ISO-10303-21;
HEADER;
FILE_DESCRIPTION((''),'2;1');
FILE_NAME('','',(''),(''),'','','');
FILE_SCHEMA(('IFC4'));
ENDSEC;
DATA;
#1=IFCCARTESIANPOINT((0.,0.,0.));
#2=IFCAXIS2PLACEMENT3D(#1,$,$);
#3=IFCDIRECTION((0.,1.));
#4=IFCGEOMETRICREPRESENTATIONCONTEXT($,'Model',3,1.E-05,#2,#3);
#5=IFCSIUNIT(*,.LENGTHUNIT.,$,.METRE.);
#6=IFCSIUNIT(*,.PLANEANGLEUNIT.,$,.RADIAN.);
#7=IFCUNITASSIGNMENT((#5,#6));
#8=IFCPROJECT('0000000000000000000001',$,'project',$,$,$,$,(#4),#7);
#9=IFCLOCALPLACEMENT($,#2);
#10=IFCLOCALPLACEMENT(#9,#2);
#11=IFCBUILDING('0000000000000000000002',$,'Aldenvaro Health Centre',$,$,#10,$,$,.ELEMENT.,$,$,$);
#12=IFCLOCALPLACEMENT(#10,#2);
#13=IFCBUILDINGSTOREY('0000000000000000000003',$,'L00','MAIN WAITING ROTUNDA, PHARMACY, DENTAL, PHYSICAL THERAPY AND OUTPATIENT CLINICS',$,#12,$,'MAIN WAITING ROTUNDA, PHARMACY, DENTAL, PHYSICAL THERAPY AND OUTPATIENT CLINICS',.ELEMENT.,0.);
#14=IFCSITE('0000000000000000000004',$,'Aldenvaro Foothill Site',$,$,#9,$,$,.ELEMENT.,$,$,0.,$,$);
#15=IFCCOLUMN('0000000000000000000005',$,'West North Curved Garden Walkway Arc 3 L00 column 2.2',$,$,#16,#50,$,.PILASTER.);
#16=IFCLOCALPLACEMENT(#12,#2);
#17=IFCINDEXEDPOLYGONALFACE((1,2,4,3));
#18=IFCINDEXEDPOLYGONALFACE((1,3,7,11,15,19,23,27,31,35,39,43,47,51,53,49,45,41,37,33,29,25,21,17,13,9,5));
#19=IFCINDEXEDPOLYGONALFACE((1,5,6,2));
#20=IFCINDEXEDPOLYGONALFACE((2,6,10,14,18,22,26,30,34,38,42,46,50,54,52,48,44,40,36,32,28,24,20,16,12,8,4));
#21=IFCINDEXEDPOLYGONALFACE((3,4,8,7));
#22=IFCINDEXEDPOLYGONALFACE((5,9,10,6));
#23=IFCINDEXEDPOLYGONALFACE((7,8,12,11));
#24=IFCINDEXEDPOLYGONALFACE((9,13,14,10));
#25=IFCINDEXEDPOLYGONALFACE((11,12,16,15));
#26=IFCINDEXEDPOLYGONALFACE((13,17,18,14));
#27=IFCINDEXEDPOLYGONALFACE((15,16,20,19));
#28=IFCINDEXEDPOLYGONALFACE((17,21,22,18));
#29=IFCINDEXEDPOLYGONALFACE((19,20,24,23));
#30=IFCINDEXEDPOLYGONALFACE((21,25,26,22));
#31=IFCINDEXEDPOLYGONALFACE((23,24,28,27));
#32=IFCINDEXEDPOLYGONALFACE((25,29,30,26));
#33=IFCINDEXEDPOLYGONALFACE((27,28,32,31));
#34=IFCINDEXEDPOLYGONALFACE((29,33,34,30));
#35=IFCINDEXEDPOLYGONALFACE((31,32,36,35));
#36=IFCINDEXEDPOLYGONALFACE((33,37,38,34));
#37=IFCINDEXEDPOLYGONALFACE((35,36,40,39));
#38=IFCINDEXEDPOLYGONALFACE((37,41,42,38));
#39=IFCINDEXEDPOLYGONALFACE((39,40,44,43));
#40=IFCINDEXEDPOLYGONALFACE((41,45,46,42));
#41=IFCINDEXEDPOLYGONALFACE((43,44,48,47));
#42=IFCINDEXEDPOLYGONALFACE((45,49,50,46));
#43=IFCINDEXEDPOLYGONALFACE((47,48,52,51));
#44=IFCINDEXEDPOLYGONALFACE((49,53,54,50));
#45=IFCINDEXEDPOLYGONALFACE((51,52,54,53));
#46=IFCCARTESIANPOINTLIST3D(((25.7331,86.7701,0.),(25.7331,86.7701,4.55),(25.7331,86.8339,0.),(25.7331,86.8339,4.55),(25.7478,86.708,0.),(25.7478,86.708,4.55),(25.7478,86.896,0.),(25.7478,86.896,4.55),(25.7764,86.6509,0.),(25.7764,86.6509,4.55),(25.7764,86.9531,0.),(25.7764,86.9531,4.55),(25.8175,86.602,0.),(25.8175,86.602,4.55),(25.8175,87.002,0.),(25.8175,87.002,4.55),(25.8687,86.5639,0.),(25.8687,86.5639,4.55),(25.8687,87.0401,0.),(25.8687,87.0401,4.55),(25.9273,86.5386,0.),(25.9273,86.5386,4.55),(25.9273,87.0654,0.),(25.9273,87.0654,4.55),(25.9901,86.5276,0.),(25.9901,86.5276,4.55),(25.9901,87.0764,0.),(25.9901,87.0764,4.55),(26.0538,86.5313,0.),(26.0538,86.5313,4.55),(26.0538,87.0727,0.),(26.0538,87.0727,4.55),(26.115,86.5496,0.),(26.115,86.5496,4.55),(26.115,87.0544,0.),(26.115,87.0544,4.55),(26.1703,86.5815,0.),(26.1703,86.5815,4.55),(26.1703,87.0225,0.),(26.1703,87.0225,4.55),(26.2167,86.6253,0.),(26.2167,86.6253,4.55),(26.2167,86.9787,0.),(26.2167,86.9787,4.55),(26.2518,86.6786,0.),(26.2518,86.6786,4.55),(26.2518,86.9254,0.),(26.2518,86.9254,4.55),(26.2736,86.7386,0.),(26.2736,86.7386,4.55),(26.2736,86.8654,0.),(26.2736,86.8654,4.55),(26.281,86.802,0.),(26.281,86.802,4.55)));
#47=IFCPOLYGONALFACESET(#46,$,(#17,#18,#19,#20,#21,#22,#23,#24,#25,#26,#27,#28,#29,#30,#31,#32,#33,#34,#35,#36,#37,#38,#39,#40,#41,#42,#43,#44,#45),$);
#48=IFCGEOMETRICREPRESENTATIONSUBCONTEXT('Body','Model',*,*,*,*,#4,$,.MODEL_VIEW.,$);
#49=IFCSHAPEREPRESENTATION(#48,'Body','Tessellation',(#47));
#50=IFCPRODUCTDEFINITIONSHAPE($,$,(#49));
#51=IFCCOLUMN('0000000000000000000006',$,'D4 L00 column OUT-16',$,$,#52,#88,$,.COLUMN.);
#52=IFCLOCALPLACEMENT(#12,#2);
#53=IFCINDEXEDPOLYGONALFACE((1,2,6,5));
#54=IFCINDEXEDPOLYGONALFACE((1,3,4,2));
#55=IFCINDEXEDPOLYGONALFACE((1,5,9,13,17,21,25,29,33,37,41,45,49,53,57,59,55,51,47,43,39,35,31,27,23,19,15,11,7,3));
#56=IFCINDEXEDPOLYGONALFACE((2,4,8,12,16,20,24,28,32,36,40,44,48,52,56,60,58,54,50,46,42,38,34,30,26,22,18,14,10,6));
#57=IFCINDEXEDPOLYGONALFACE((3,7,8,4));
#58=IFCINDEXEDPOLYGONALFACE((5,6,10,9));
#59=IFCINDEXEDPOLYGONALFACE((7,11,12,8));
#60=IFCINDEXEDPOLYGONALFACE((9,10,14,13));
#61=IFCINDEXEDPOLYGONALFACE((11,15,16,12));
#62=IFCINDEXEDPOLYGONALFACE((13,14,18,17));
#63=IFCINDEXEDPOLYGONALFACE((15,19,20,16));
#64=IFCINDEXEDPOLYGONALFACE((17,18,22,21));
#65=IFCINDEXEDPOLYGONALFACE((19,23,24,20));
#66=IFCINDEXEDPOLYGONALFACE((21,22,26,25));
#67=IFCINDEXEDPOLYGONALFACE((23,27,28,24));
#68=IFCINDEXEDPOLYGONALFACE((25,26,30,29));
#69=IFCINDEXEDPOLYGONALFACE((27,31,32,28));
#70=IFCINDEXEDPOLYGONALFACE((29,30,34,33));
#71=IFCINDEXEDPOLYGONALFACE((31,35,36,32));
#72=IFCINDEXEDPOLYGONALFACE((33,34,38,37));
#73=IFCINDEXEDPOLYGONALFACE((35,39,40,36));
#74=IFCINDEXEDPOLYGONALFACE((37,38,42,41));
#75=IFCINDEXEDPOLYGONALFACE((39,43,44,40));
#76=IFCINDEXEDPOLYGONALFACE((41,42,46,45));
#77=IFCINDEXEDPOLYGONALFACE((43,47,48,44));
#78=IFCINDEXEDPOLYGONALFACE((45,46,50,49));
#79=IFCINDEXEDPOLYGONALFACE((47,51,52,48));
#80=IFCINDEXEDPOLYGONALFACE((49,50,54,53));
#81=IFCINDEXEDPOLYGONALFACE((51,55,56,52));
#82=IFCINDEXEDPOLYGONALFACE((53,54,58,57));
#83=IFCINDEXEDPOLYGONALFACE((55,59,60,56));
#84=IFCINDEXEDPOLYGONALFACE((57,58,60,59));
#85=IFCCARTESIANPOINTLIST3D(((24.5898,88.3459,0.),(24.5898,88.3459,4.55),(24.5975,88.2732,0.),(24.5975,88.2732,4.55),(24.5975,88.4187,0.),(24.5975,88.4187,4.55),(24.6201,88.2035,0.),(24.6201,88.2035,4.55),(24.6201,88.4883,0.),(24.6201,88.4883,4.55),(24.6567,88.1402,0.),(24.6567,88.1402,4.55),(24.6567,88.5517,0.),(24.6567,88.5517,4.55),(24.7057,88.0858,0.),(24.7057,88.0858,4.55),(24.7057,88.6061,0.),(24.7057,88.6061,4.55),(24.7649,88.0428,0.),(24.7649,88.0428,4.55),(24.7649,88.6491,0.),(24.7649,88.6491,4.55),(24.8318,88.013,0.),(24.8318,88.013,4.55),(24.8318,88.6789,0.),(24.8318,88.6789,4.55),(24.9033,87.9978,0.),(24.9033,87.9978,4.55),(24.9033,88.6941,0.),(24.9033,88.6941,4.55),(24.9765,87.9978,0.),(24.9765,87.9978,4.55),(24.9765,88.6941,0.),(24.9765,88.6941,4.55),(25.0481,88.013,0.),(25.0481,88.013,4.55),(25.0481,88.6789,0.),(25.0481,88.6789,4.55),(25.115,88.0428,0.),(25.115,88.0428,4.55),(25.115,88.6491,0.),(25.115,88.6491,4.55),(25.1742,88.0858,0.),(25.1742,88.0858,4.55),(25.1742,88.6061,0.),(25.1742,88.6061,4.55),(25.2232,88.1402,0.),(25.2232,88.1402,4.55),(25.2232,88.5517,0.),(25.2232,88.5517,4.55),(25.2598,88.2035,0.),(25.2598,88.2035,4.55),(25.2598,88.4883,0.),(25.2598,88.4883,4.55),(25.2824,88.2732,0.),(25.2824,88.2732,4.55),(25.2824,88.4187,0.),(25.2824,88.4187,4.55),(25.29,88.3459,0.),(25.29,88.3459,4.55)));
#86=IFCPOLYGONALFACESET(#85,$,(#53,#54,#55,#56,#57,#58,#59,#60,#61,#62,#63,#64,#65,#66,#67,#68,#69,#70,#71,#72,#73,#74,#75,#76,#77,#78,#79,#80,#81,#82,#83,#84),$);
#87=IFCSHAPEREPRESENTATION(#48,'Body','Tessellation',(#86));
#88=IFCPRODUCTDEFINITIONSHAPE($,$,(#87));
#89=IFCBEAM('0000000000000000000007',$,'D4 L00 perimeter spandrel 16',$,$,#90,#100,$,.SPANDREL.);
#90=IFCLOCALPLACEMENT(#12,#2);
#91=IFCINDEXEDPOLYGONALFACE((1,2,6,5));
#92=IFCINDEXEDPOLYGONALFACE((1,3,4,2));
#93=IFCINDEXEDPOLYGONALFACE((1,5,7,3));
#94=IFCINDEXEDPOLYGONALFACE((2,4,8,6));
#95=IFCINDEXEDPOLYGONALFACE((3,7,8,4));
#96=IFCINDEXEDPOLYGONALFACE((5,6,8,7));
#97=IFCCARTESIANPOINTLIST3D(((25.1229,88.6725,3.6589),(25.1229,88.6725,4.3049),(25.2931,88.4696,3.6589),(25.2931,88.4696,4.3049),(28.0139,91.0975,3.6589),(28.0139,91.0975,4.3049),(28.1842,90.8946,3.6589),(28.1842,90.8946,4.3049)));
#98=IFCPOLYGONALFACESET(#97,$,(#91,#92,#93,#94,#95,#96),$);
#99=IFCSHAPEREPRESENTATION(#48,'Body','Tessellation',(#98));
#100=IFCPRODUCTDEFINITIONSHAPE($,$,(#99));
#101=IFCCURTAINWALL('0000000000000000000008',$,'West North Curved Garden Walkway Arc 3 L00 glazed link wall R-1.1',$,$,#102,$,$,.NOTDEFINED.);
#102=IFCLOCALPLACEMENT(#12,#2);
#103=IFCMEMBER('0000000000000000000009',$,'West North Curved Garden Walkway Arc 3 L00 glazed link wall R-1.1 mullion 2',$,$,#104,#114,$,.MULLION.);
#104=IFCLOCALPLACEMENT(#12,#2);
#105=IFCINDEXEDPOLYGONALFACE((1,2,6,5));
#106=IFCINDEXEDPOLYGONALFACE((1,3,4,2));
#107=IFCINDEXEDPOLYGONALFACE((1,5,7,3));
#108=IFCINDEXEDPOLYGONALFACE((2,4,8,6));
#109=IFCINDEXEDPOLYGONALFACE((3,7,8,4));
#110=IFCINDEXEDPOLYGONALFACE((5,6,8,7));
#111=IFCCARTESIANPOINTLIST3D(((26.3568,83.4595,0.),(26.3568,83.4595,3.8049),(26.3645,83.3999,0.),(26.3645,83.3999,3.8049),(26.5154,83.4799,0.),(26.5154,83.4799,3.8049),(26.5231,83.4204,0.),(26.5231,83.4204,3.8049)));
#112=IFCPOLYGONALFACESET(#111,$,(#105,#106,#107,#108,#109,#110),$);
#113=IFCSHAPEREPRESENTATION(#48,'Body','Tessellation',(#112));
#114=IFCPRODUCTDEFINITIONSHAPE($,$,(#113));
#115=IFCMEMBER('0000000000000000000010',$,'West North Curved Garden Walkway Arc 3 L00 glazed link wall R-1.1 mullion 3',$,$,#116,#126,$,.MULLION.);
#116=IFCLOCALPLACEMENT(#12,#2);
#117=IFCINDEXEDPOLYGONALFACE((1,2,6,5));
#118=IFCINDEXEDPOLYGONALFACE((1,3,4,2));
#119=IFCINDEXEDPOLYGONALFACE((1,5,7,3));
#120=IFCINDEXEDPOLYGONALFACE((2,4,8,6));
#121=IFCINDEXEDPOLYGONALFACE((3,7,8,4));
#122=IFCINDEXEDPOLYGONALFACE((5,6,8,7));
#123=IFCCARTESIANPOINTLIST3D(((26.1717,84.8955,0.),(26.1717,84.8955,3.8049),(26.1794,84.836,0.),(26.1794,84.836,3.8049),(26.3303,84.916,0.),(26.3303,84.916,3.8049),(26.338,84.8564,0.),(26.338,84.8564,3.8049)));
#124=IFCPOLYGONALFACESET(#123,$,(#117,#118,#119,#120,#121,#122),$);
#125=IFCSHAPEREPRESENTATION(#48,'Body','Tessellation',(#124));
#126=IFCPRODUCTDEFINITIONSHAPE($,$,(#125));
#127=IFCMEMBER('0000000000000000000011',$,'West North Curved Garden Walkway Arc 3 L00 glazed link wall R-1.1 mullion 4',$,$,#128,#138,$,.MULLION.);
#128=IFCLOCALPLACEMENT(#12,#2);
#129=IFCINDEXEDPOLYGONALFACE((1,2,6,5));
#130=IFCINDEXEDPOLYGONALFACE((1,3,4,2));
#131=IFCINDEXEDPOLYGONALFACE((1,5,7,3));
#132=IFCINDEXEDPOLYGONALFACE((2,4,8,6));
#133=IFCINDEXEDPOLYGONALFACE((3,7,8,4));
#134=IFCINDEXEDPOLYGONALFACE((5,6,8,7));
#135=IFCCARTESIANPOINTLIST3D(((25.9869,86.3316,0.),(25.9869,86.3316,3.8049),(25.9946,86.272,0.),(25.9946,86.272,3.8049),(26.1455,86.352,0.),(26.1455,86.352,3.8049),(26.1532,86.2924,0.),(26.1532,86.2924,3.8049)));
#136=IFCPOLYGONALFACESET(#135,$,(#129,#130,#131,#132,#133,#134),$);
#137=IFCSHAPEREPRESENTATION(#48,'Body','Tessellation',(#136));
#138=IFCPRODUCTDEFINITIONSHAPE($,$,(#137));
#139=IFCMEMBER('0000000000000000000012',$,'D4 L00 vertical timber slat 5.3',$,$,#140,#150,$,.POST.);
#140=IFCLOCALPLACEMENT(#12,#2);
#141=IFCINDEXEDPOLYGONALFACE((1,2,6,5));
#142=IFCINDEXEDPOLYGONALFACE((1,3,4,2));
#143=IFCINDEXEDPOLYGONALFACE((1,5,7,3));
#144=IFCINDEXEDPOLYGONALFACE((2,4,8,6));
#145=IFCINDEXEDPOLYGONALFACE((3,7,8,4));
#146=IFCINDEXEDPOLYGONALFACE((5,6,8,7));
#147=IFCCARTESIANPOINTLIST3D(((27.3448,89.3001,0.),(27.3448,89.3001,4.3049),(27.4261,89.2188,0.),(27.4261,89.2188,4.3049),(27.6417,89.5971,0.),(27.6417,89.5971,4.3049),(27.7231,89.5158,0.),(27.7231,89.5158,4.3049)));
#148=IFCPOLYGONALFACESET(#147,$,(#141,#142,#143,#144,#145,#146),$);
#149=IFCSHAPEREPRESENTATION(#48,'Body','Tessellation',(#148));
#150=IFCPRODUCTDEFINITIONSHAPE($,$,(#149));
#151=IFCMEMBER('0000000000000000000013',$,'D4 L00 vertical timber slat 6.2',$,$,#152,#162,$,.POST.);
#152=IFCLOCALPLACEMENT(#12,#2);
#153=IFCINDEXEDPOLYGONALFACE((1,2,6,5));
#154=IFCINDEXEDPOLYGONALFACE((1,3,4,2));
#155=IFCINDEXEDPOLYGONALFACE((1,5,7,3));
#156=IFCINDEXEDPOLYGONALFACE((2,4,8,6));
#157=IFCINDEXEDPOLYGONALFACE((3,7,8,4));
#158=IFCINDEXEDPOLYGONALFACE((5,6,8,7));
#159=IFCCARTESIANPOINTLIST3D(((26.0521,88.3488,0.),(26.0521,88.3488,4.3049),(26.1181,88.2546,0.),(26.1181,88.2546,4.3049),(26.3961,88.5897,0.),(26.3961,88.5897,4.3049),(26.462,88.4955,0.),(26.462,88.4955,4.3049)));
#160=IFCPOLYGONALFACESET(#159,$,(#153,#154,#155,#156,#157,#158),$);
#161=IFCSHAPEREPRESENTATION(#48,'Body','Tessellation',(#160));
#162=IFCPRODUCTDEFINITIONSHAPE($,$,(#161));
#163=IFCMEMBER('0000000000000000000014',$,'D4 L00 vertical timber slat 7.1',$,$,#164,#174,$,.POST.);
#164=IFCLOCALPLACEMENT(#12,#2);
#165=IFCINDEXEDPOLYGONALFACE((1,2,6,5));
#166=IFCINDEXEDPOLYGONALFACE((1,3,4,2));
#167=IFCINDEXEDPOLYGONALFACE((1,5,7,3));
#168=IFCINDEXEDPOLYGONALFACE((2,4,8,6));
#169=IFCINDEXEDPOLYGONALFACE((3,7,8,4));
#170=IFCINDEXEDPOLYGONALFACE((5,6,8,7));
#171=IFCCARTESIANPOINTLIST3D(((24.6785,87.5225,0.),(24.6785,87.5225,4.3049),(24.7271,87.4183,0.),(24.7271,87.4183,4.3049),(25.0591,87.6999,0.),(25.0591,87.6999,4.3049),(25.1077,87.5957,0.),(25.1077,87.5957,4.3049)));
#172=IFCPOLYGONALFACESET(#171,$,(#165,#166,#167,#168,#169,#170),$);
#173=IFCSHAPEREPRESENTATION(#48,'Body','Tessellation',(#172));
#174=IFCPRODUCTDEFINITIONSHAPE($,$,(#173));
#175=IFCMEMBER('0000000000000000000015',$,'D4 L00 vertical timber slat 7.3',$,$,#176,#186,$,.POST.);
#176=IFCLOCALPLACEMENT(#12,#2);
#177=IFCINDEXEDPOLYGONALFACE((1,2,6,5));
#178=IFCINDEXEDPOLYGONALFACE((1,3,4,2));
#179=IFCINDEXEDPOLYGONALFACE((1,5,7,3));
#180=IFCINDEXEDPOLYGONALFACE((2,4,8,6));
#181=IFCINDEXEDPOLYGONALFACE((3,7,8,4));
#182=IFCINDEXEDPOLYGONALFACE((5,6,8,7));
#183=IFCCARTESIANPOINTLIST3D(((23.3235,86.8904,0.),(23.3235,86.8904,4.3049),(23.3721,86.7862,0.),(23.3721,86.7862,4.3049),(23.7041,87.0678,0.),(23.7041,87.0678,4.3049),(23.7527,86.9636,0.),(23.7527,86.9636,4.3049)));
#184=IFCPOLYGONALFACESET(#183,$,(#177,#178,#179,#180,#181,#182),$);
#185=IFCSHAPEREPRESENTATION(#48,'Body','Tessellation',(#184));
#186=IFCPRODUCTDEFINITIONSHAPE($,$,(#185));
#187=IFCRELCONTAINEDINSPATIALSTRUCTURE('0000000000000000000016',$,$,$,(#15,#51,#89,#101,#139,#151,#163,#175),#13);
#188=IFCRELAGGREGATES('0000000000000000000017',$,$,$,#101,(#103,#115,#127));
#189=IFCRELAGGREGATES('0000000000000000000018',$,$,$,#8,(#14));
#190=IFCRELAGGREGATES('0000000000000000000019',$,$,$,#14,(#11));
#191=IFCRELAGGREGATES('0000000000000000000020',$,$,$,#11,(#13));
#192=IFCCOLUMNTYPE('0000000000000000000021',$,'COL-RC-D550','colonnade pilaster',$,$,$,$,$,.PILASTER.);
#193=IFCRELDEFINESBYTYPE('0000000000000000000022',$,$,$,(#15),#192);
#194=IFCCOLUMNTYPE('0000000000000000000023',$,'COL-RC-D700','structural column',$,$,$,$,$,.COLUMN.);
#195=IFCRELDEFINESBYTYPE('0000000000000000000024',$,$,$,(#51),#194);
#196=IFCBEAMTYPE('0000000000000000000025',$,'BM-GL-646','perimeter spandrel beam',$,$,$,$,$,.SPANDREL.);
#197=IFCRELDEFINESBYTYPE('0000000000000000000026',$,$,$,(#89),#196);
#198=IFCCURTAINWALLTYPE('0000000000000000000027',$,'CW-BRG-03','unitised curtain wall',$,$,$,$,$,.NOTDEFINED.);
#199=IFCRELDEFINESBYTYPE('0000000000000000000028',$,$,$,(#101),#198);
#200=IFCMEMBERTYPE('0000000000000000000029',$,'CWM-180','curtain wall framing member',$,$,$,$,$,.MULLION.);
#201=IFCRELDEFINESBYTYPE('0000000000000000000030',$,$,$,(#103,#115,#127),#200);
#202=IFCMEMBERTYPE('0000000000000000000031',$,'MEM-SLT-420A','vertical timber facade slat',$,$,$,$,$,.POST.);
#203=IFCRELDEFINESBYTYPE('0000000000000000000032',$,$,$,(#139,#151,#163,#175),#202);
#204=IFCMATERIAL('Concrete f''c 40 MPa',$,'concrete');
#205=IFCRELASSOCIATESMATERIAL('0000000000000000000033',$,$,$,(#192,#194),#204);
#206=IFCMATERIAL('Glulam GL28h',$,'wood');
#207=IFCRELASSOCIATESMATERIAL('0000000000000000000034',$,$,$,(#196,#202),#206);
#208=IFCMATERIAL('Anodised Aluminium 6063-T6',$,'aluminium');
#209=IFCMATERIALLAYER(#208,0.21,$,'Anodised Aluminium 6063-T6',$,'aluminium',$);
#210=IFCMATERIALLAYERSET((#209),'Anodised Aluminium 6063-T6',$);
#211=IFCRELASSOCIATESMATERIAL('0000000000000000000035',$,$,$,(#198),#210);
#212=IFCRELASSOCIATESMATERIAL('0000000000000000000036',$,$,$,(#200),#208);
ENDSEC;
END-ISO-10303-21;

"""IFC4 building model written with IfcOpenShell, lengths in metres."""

from ifc_helpers import new_model, si_unit, direction, frame, origin, origin_2d, place, context, subcontext, project, spatial, rectangle, circle, extrude, material, layer, layer_set, material_profile, profile_set, type_object, element, aggregate, save


model = new_model("IFC4")

# Units and contexts
model_context = context("Model", 3, precision=1e-05, world=origin(), true_north=direction((0.0, 1.0)))
body_context = subcontext(model_context, "Body", "Model", "MODEL_VIEW")
ifc_project = project(units=[si_unit("LENGTHUNIT", "METRE"), si_unit("PLANEANGLEUNIT", "RADIAN")], contexts=[model_context])

# Site, building, storey
site_placement = place(None, origin())
site = spatial("IfcSite", under=ifc_project, at=site_placement, Name="Aldenvaro Foothill Site", CompositionType="ELEMENT", RefElevation=0.0)
building_placement = place(site_placement, origin())
building = spatial("IfcBuilding", under=site, at=building_placement, Name="Aldenvaro Health Centre", CompositionType="ELEMENT")
storey_placement = place(building_placement, origin())
storey = spatial("IfcBuildingStorey", under=building, at=storey_placement, Name="L00", Description="MAIN WAITING ROTUNDA, PHARMACY, DENTAL, PHYSICAL THERAPY AND OUTPATIENT CLINICS", LongName="MAIN WAITING ROTUNDA, PHARMACY, DENTAL, PHYSICAL THERAPY AND OUTPATIENT CLINICS", CompositionType="ELEMENT", Elevation=0.0)

# Columns
ifc_material_1 = material(Name="Concrete f'c 40 MPa", Category="concrete")
ifc_material_profile_1 = material_profile(ifc_material_1, circle(Radius=0.2749, at=origin_2d()), Name="RC D550", Category="concrete")
ifc_profile_set_1 = profile_set([ifc_material_profile_1], Name="Concrete f'c 40 MPa")
column_type_1 = type_object("IfcColumnType", Name="COL-RC-D550", Description="colonnade pilaster", PredefinedType="PILASTER", material=ifc_profile_set_1)
column_1_placement = place(storey_placement, frame((26.0061, 86.802, 0.0), z_axis=(0.0, 0.0, 1.0), x_axis=(1.0, 0.0, 0.0)))
element("IfcColumn", 1, at=column_1_placement, inside=storey, type_object=column_type_1, Name="West North Curved Garden Walkway Arc 3 L00 column 2.2", PredefinedType="PILASTER", context=body_context, shape_type="SweptSolid", body=[
    extrude(circle(Radius=0.2749, at=origin_2d()), origin(), (0.0, 0.0, 1.0), 4.55),
])
ifc_material_profile_2 = material_profile(ifc_material_1, circle(Radius=0.3501, at=origin_2d()), Name="RC D700", Category="concrete")
ifc_profile_set_2 = profile_set([ifc_material_profile_2], Name="Concrete f'c 40 MPa")
column_type_2 = type_object("IfcColumnType", Name="COL-RC-D700", Description="structural column", PredefinedType="COLUMN", material=ifc_profile_set_2)
column_2_placement = place(storey_placement, frame((24.9399, 88.3459, 0.0), z_axis=(0.0, 0.0, 1.0), x_axis=(1.0, 0.0, 0.0)))
element("IfcColumn", 2, at=column_2_placement, inside=storey, type_object=column_type_2, Name="D4 L00 column OUT-16", PredefinedType="COLUMN", context=body_context, shape_type="SweptSolid", body=[
    extrude(circle(Radius=0.3501, at=origin_2d()), origin(), (0.0, 0.0, 1.0), 4.55),
])

# Beam
ifc_material_2 = material(Name="Glulam GL28h", Category="wood")
ifc_material_profile_3 = material_profile(ifc_material_2, rectangle(XDim=0.2649, YDim=0.646, at=origin_2d()), Name="GL 265x646", Category="wood")
ifc_profile_set_3 = profile_set([ifc_material_profile_3], Name="Glulam GL28h")
beam_type = type_object("IfcBeamType", Name="BM-GL-646", Description="perimeter spandrel beam", PredefinedType="SPANDREL", material=ifc_profile_set_3)
beam_placement = place(storey_placement, frame((25.208, 88.571, 3.9819), z_axis=(0.76616, 0.64265, 0.0), x_axis=(-0.64265, 0.76616, 0.0)))
element("IfcBeam", 3, at=beam_placement, inside=storey, type_object=beam_type, Name="D4 L00 perimeter spandrel 16", PredefinedType="SPANDREL", context=body_context, shape_type="SweptSolid", body=[
    extrude(rectangle(XDim=0.2649, YDim=0.646, at=origin_2d()), origin(), (0.0, 0.0, 1.0), 3.7734),
])

# Curtain wall, members
ifc_material_3 = material(Name="Anodised Aluminium 6063-T6", Category="aluminium")
ifc_layer_1 = layer(ifc_material_3, 0.21, Name="Anodised Aluminium 6063-T6", Category="aluminium")
ifc_layer_set_1 = layer_set([ifc_layer_1], Name="Anodised Aluminium 6063-T6")
curtain_wall_type = type_object("IfcCurtainWallType", Name="CW-BRG-03", Description="unitised curtain wall", PredefinedType="NOTDEFINED", material=ifc_layer_set_1)
curtain_wall_placement = place(storey_placement, origin())
curtain_wall = element("IfcCurtainWall", 4, at=curtain_wall_placement, inside=storey, type_object=curtain_wall_type, Name="West North Curved Garden Walkway Arc 3 L00 glazed link wall R-1.1", PredefinedType="NOTDEFINED")
ifc_material_profile_4 = material_profile(ifc_material_3, rectangle(XDim=0.0601, YDim=0.1599, at=origin_2d()), Name="ALU 60x160", Category="aluminium")
ifc_profile_set_4 = profile_set([ifc_material_profile_4], Name="Anodised Aluminium 6063-T6")
member_type_1 = type_object("IfcMemberType", Name="CWM-180", Description="curtain wall framing member", PredefinedType="MULLION", material=ifc_profile_set_4)
member_1_placement = place(storey_placement, frame((26.4399, 83.4399, 0.0), z_axis=(0.0, 0.0, 1.0), x_axis=(-0.127774, 0.991803, 0.0)))
member_1 = element("IfcMember", 5, at=member_1_placement, type_object=member_type_1, Name="West North Curved Garden Walkway Arc 3 L00 glazed link wall R-1.1 mullion 2", PredefinedType="MULLION", context=body_context, shape_type="SweptSolid", body=[
    extrude(rectangle(XDim=0.0601, YDim=0.1599, at=origin_2d()), origin(), (0.0, 0.0, 1.0), 3.8049),
])
member_2_placement = place(storey_placement, frame((26.2549, 84.876, 0.0), z_axis=(0.0, 0.0, 1.0), x_axis=(-0.127774, 0.991803, 0.0)))
member_2 = element("IfcMember", 6, at=member_2_placement, type_object=member_type_1, Name="West North Curved Garden Walkway Arc 3 L00 glazed link wall R-1.1 mullion 3", PredefinedType="MULLION", context=body_context, shape_type="SweptSolid", body=[
    extrude(rectangle(XDim=0.0601, YDim=0.1599, at=origin_2d()), origin(), (0.0, 0.0, 1.0), 3.8049),
])
member_3_placement = place(storey_placement, frame((26.0701, 86.312, 0.0), z_axis=(0.0, 0.0, 1.0), x_axis=(-0.127774, 0.991803, 0.0)))
member_3 = element("IfcMember", 7, at=member_3_placement, type_object=member_type_1, Name="West North Curved Garden Walkway Arc 3 L00 glazed link wall R-1.1 mullion 4", PredefinedType="MULLION", context=body_context, shape_type="SweptSolid", body=[
    extrude(rectangle(XDim=0.0601, YDim=0.1599, at=origin_2d()), origin(), (0.0, 0.0, 1.0), 3.8049),
])

# Members
ifc_material_profile_5 = material_profile(ifc_material_2, rectangle(XDim=0.115, YDim=0.4199, at=origin_2d()), Name="GL 115x420", Category="wood")
ifc_profile_set_5 = profile_set([ifc_material_profile_5], Name="Glulam GL28h")
member_type_2 = type_object("IfcMemberType", Name="MEM-SLT-420A", Description="vertical timber facade slat", PredefinedType="POST", material=ifc_profile_set_5)
for number, where, z_axis, x_axis, name in (
    (8, (27.5339, 89.408, 0.0), (0.0, 0.0, 1.0), (0.707107, -0.707107, 0.0), "D4 L00 vertical timber slat 5.3"),
    (9, (26.2571, 88.4221, 0.0), (0.0, 0.0, 1.0), (0.573721, -0.819051, 0.0), "D4 L00 vertical timber slat 6.2"),
    (10, (24.8931, 87.5591, 0.0), (0.0, 0.0, 1.0), (0.422557, -0.906336, 0.0), "D4 L00 vertical timber slat 7.1"),
    (11, (23.5381, 86.927, 0.0), (0.0, 0.0, 1.0), (0.422557, -0.906336, 0.0), "D4 L00 vertical timber slat 7.3"),
):
    element("IfcMember", number, at=place(storey_placement, frame(where, z_axis=z_axis, x_axis=x_axis)), inside=storey, type_object=member_type_2, Name=name, PredefinedType="POST", context=body_context, shape_type="SweptSolid", body=[
        extrude(rectangle(XDim=0.115, YDim=0.4199, at=origin_2d()), origin(), (0.0, 0.0, 1.0), 4.3049),
    ])

aggregate(curtain_wall, [member_1, member_2, member_3])

save(model, "model.ifc")
